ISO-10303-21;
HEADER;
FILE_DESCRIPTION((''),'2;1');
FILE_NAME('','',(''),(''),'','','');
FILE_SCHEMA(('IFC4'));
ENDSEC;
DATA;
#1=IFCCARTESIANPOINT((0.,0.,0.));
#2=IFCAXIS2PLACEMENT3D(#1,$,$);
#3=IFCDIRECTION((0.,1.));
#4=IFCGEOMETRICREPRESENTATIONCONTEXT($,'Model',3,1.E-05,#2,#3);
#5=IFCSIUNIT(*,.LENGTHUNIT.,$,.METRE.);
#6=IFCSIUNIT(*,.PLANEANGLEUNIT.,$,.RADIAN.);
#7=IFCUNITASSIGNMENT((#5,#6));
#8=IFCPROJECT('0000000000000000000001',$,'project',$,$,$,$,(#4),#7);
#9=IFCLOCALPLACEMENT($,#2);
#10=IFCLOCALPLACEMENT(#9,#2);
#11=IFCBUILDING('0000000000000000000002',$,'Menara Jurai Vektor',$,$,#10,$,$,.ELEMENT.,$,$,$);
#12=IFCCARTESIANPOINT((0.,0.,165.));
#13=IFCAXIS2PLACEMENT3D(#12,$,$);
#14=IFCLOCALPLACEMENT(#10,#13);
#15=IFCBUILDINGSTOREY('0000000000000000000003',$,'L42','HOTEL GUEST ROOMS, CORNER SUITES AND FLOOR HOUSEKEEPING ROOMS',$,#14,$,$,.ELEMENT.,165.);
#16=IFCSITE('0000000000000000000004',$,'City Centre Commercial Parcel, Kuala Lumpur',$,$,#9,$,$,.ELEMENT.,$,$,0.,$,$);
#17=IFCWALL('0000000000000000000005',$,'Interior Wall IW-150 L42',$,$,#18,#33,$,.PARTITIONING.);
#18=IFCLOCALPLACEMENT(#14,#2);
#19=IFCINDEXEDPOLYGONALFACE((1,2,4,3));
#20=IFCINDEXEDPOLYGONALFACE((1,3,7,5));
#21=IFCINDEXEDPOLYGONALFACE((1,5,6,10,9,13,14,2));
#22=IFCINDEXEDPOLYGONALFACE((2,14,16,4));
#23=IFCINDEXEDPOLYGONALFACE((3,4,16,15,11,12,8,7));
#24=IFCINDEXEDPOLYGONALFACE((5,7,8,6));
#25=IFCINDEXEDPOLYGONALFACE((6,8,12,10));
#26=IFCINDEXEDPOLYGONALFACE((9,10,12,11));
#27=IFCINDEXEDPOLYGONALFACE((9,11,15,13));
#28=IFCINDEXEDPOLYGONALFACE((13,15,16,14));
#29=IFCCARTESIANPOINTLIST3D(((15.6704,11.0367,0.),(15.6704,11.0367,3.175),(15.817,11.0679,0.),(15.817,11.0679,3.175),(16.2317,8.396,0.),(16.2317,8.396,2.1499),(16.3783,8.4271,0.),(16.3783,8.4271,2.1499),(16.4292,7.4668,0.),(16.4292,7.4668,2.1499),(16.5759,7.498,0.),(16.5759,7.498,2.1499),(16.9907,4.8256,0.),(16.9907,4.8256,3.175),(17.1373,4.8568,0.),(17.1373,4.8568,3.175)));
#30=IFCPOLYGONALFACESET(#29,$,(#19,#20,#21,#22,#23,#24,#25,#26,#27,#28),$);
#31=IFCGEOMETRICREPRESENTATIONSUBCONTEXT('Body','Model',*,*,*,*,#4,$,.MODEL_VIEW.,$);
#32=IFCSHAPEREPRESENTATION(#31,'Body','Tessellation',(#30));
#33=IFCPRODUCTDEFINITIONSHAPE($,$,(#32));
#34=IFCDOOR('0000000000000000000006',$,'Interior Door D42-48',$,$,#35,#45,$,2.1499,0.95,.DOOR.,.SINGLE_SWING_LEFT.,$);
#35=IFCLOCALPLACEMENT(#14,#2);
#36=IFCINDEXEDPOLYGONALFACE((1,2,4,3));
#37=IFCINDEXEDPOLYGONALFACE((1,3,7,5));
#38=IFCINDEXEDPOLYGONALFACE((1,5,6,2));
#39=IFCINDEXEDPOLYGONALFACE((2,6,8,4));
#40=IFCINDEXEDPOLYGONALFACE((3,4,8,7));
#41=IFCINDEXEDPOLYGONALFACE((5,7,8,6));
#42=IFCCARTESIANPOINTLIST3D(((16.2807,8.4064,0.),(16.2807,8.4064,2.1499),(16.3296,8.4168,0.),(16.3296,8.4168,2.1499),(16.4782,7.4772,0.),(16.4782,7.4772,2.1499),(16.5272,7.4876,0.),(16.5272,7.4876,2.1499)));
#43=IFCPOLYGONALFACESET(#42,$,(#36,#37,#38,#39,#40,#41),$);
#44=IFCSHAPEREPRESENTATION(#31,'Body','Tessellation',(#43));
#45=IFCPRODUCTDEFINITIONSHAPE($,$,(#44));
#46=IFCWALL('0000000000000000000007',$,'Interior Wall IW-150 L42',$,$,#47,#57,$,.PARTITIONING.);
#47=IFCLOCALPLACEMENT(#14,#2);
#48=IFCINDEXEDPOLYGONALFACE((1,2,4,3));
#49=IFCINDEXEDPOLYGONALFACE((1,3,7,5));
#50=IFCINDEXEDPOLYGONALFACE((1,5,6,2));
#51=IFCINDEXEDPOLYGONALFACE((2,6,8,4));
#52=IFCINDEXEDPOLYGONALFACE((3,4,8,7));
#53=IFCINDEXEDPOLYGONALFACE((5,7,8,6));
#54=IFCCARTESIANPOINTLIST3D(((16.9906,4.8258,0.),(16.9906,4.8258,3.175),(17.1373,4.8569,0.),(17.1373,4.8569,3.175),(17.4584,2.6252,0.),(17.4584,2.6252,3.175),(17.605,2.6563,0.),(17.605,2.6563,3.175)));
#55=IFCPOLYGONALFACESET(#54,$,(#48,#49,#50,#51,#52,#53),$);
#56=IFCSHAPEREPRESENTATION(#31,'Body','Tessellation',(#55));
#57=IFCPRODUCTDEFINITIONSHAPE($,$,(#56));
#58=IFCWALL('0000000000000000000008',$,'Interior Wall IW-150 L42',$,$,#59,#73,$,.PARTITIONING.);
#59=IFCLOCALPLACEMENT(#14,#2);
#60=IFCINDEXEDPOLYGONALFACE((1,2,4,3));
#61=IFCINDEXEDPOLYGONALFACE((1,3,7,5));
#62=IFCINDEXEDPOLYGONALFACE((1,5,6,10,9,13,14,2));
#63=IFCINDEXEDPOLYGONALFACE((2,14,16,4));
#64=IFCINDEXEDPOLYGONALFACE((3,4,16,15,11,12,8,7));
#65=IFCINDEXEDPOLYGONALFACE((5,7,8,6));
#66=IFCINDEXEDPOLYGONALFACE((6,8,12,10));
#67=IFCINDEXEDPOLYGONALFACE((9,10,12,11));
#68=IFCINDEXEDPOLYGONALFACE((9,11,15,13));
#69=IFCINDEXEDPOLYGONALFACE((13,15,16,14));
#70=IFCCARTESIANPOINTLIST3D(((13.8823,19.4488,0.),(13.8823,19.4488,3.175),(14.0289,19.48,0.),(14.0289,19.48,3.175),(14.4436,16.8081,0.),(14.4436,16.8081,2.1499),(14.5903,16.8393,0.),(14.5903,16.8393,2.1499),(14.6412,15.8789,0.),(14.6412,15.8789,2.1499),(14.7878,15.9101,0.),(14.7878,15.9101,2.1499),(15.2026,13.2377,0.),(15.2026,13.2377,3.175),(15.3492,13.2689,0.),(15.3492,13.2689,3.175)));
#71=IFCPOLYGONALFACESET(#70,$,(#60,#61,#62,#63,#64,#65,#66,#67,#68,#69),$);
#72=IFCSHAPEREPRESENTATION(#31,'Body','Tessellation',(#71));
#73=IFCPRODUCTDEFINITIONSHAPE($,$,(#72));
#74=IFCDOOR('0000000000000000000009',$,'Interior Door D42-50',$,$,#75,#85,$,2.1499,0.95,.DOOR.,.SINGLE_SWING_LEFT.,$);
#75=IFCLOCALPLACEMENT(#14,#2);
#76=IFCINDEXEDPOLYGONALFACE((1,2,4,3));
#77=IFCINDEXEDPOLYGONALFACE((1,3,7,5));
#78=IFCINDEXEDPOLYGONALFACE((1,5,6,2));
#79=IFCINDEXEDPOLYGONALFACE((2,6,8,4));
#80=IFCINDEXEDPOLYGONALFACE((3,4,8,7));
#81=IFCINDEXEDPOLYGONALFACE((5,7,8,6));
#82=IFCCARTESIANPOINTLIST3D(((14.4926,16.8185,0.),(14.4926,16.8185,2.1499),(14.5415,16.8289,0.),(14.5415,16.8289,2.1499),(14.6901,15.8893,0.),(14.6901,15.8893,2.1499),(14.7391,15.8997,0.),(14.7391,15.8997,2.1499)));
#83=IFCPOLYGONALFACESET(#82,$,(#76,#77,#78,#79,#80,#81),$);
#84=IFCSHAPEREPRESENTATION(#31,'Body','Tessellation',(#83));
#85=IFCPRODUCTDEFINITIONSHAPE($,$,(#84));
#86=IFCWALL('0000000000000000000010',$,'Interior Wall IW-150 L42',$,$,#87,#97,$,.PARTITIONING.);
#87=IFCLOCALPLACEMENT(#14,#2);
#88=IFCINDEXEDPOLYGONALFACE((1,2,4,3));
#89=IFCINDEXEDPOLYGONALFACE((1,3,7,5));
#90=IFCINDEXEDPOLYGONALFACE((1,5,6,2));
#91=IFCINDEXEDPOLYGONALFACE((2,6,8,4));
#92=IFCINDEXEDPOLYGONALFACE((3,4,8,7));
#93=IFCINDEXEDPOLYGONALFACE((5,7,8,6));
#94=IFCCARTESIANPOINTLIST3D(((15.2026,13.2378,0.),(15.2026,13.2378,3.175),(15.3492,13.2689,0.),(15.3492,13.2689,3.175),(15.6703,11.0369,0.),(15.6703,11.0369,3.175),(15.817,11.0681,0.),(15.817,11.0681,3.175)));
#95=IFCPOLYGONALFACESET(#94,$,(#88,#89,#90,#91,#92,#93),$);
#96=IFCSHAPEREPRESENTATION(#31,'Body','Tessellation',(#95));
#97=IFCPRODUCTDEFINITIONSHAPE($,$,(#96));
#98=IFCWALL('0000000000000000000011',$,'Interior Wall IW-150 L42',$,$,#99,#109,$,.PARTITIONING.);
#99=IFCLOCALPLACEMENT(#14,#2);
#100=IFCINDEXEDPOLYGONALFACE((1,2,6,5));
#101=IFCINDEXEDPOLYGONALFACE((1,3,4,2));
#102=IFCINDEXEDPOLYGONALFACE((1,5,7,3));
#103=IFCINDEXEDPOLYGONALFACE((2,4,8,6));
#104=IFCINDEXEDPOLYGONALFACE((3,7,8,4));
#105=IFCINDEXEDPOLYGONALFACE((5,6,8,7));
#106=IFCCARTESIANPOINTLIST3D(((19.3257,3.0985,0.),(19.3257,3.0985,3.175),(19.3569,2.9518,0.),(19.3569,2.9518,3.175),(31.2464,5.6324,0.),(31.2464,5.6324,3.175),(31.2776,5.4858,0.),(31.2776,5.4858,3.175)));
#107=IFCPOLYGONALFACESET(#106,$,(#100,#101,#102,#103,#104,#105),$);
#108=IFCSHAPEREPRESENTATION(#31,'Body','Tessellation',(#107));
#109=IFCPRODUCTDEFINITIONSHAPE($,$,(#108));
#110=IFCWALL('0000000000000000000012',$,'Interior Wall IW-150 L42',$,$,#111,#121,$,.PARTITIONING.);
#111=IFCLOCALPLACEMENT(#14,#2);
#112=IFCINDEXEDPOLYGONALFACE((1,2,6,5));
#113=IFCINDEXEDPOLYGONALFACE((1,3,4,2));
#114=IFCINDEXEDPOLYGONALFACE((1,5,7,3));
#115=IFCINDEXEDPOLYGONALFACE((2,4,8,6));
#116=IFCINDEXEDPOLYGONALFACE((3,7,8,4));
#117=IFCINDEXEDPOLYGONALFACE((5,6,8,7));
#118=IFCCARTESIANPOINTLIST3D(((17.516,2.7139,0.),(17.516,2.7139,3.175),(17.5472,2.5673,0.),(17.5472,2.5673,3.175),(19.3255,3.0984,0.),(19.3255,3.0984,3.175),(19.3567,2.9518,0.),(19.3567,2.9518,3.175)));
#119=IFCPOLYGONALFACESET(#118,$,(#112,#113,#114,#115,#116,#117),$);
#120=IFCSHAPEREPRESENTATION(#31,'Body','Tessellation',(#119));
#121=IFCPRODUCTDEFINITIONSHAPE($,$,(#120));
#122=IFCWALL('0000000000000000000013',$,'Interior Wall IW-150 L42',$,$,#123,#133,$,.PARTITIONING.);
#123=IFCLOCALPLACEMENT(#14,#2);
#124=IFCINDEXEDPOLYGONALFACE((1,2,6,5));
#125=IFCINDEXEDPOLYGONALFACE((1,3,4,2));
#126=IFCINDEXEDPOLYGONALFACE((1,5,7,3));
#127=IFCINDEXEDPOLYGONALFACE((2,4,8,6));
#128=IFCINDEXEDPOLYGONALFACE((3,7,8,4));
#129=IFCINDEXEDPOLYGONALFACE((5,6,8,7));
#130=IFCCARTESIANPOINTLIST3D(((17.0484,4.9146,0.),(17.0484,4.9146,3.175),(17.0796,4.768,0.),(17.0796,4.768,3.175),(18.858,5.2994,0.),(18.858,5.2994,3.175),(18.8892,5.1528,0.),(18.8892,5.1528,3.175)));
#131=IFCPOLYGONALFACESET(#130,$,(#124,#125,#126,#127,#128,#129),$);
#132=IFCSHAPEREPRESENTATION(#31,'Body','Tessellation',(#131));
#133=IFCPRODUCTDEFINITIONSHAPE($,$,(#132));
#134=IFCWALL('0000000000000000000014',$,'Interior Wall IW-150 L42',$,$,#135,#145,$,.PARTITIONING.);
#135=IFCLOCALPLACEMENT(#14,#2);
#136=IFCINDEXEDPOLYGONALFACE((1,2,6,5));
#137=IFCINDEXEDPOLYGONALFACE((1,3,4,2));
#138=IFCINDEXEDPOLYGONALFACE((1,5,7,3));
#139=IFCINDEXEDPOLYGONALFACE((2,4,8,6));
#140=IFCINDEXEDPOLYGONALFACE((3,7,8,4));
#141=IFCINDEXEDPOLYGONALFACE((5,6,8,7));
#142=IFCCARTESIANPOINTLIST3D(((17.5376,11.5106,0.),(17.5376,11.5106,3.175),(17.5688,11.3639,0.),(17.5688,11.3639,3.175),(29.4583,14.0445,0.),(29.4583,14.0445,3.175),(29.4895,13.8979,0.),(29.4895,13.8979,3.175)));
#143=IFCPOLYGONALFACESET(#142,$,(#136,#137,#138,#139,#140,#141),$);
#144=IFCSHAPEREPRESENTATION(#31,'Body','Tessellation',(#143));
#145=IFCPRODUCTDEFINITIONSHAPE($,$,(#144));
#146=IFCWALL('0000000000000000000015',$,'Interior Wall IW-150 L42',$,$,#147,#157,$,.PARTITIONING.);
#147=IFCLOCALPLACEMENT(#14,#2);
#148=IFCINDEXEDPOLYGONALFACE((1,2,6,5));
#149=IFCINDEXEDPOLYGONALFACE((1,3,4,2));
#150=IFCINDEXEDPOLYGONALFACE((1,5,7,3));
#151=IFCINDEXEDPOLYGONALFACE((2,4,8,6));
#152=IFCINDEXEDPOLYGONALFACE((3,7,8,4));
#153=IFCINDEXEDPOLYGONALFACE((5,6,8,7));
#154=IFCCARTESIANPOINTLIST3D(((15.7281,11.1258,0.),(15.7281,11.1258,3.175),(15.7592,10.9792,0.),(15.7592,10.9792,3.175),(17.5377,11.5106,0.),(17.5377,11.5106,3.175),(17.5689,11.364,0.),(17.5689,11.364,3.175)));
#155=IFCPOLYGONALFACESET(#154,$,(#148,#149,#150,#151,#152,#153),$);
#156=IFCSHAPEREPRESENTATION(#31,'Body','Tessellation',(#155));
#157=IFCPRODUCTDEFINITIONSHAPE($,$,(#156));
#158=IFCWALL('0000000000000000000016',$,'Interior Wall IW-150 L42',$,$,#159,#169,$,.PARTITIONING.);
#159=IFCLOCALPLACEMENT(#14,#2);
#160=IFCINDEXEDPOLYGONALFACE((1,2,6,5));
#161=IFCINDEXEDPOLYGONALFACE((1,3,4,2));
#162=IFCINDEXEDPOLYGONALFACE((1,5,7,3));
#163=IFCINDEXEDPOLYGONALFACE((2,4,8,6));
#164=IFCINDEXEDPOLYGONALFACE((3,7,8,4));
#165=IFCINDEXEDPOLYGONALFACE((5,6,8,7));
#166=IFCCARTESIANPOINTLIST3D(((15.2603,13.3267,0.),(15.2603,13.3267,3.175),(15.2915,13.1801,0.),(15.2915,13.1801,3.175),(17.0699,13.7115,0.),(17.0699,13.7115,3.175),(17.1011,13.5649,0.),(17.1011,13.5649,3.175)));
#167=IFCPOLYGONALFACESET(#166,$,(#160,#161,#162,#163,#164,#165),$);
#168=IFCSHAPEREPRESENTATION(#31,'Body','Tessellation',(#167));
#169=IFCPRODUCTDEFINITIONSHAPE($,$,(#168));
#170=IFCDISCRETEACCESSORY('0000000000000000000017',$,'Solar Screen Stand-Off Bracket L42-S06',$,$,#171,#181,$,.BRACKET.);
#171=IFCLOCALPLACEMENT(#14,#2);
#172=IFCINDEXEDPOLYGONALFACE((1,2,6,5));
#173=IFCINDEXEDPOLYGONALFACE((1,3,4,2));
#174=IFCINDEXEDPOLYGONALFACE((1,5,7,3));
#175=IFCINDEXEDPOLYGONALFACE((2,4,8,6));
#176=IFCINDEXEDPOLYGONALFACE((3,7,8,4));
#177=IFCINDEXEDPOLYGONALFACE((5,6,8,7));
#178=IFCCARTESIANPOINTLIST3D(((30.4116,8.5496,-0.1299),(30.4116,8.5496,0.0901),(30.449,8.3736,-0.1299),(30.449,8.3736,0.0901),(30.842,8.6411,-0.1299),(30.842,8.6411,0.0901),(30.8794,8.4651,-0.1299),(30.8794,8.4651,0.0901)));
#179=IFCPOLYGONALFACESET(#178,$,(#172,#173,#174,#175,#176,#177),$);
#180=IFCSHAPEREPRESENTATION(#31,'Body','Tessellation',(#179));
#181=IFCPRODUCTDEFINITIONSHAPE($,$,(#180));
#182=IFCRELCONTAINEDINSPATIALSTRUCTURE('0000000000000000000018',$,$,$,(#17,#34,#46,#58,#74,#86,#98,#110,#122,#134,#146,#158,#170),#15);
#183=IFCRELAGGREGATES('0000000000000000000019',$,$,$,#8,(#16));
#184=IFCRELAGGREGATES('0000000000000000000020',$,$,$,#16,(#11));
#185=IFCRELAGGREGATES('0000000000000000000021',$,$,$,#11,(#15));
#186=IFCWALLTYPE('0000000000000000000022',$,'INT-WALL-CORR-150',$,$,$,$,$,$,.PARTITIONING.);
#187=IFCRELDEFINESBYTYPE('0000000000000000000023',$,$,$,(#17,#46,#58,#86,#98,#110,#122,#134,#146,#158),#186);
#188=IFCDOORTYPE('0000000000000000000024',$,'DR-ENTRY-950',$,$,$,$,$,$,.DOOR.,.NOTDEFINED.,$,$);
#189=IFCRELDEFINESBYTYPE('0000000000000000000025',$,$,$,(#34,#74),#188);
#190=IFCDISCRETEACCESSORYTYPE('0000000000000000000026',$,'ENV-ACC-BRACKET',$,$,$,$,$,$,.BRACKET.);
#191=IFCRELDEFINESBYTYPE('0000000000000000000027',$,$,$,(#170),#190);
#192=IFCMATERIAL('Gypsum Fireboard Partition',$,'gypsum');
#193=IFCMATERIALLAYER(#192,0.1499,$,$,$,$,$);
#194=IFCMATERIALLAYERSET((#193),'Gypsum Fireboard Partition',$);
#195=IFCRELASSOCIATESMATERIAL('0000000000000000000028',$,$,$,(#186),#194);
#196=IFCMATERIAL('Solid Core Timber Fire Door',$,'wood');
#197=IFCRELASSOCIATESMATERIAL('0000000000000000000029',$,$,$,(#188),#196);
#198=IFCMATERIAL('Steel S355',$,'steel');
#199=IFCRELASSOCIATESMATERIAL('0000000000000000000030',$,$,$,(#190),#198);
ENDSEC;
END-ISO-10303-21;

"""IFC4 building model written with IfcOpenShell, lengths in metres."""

from ifc_helpers import new_model, si_unit, direction, frame, frame_2d, origin, origin_2d, place, context, subcontext, project, spatial, rectangle, extrude, material, layer, layer_set, type_object, element, fill, save


model = new_model("IFC4")

# Units and contexts
model_context = context("Model", 3, precision=1e-05, world=origin(), true_north=direction((0.0, 1.0)))
body_context = subcontext(model_context, "Body", "Model", "MODEL_VIEW")
ifc_project = project(units=[si_unit("LENGTHUNIT", "METRE"), si_unit("PLANEANGLEUNIT", "RADIAN")], contexts=[model_context])

# Site, building, storey
site_placement = place(None, origin())
site = spatial("IfcSite", under=ifc_project, at=site_placement, Name="City Centre Commercial Parcel, Kuala Lumpur", CompositionType="ELEMENT", RefElevation=0.0)
building_placement = place(site_placement, origin())
building = spatial("IfcBuilding", under=site, at=building_placement, Name="Menara Jurai Vektor", CompositionType="ELEMENT")
storey_placement = place(building_placement, frame((0.0, 0.0, 165.0)))
storey = spatial("IfcBuildingStorey", under=building, at=storey_placement, Name="L42", Description="HOTEL GUEST ROOMS, CORNER SUITES AND FLOOR HOUSEKEEPING ROOMS", CompositionType="ELEMENT", Elevation=165.0)

# Shared definitions
ifc_material_1 = material(Name="Steel S355", Category="steel")

# Wall, opening, door
ifc_material_2 = material(Name="Gypsum Fireboard Partition", Category="gypsum")
ifc_layer_1 = layer(ifc_material_2, 0.1499)
ifc_layer_set_1 = layer_set([ifc_layer_1], Name="Gypsum Fireboard Partition")
wall_type = type_object("IfcWallType", Name="INT-WALL-CORR-150", PredefinedType="PARTITIONING", material=ifc_layer_set_1)
wall_1_placement = place(storey_placement, frame((17.064, 4.8413, 0.0), z_axis=(0.0, 0.0, 1.0), x_axis=(-0.207925, 0.978145, 0.0)))
wall_1 = element("IfcWall", 1, at=wall_1_placement, inside=storey, type_object=wall_type, Name="Interior Wall IW-150 L42", PredefinedType="PARTITIONING", context=body_context, shape_type="SweptSolid", body=[
    extrude(rectangle(XDim=6.3499, YDim=0.1499, at=frame_2d((3.1748, 0.0))), origin(), (0.0, 0.0, 1.0), 3.175),
])
opening_1_placement = place(wall_1_placement, frame((2.7, 0.0, 0.0)))
opening_1 = element("IfcOpeningElement", 2, at=opening_1_placement, cuts=wall_1, PredefinedType="OPENING", context=body_context, shape_type="SweptSolid", body=[
    extrude(rectangle(XDim=0.95, YDim=2.1499, at=frame_2d((0.4751, 1.075))), frame((0.0, 0.085, 0.0), z_axis=(0.0, -1.0, 0.0), x_axis=(1.0, 0.0, 0.0)), (0.0, 0.0, 1.0), 0.1699),
])
ifc_material_3 = material(Name="Solid Core Timber Fire Door", Category="wood")
door_type_1 = type_object("IfcDoorType", Name="DR-ENTRY-950", OperationType="NOTDEFINED", PredefinedType="DOOR", material=ifc_material_3)
door_1_placement = place(opening_1_placement, origin())
door_1 = element("IfcDoor", 3, at=door_1_placement, inside=storey, type_object=door_type_1, Name="Interior Door D42-48", OperationType="SINGLE_SWING_LEFT", OverallHeight=2.1499, OverallWidth=0.95, PredefinedType="DOOR", context=body_context, shape_type="SweptSolid", body=[
    extrude(rectangle(XDim=0.95, YDim=2.1499, at=frame_2d((0.4751, 1.075))), frame((0.0, 0.0249, 0.0), z_axis=(0.0, -1.0, 0.0), x_axis=(1.0, 0.0, 0.0)), (0.0, 0.0, 1.0), 0.05),
])
fill(opening_1, door_1)

# Wall
wall_2_placement = place(storey_placement, frame((17.5317, 2.6406, 0.0), z_axis=(0.0, 0.0, 1.0), x_axis=(-0.207913, 0.978147, 0.0)))
element("IfcWall", 4, at=wall_2_placement, inside=storey, type_object=wall_type, Name="Interior Wall IW-150 L42", PredefinedType="PARTITIONING", context=body_context, shape_type="SweptSolid", body=[
    extrude(rectangle(XDim=2.2498, YDim=0.1499, at=frame_2d((1.125, 0.0))), origin(), (0.0, 0.0, 1.0), 3.175),
])

# Wall, opening, door
wall_3_placement = place(storey_placement, frame((15.2759, 13.2534, 0.0), z_axis=(0.0, 0.0, 1.0), x_axis=(-0.207925, 0.978145, 0.0)))
wall_3 = element("IfcWall", 5, at=wall_3_placement, inside=storey, type_object=wall_type, Name="Interior Wall IW-150 L42", PredefinedType="PARTITIONING", context=body_context, shape_type="SweptSolid", body=[
    extrude(rectangle(XDim=6.3499, YDim=0.1499, at=frame_2d((3.1748, 0.0))), origin(), (0.0, 0.0, 1.0), 3.175),
])
opening_2_placement = place(wall_3_placement, frame((2.7, 0.0, 0.0)))
opening_2 = element("IfcOpeningElement", 6, at=opening_2_placement, cuts=wall_3, PredefinedType="OPENING", context=body_context, shape_type="SweptSolid", body=[
    extrude(rectangle(XDim=0.95, YDim=2.1499, at=frame_2d((0.4751, 1.075))), frame((0.0, 0.085, 0.0), z_axis=(0.0, -1.0, 0.0), x_axis=(1.0, 0.0, 0.0)), (0.0, 0.0, 1.0), 0.1699),
])
door_2_placement = place(opening_2_placement, origin())
door_2 = element("IfcDoor", 7, at=door_2_placement, inside=storey, type_object=door_type_1, Name="Interior Door D42-50", OperationType="SINGLE_SWING_LEFT", OverallHeight=2.1499, OverallWidth=0.95, PredefinedType="DOOR", context=body_context, shape_type="SweptSolid", body=[
    extrude(rectangle(XDim=0.95, YDim=2.1499, at=frame_2d((0.4751, 1.075))), frame((0.0, 0.0249, 0.0), z_axis=(0.0, -1.0, 0.0), x_axis=(1.0, 0.0, 0.0)), (0.0, 0.0, 1.0), 0.05),
])
fill(opening_2, door_2)

# Walls
wall_4_placement = place(storey_placement, frame((15.7437, 11.0525, 0.0), z_axis=(0.0, 0.0, 1.0), x_axis=(-0.207891, 0.978152, 0.0)))
element("IfcWall", 8, at=wall_4_placement, inside=storey, type_object=wall_type, Name="Interior Wall IW-150 L42", PredefinedType="PARTITIONING", context=body_context, shape_type="SweptSolid", body=[
    extrude(rectangle(XDim=2.25, YDim=0.1499, at=frame_2d((1.125, 0.0))), origin(), (0.0, 0.0, 1.0), 3.175),
])
wall_5_placement = place(storey_placement, frame((19.3413, 3.0251, 0.0), z_axis=(0.0, 0.0, 1.0), x_axis=(0.978146, 0.207921, 0.0)))
element("IfcWall", 9, at=wall_5_placement, inside=storey, type_object=wall_type, Name="Interior Wall IW-150 L42", PredefinedType="PARTITIONING", context=body_context, shape_type="SweptSolid", body=[
    extrude(rectangle(XDim=12.187, YDim=0.1499, at=frame_2d((6.0935, 0.0))), origin(), (0.0, 0.0, 1.0), 3.175),
])
wall_6_placement = place(storey_placement, frame((17.5317, 2.6406, 0.0), z_axis=(0.0, 0.0, 1.0), x_axis=(0.97816, 0.207852, 0.0)))
element("IfcWall", 10, at=wall_6_placement, inside=storey, type_object=wall_type, Name="Interior Wall IW-150 L42", PredefinedType="PARTITIONING", context=body_context, shape_type="SweptSolid", body=[
    extrude(rectangle(XDim=1.8499, YDim=0.1499, at=frame_2d((0.9248, 0.0))), origin(), (0.0, 0.0, 1.0), 3.175),
])
wall_7_placement = place(storey_placement, frame((17.064, 4.8413, 0.0), z_axis=(0.0, 0.0, 1.0), x_axis=(0.978133, 0.207979, 0.0)))
element("IfcWall", 11, at=wall_7_placement, inside=storey, type_object=wall_type, Name="Interior Wall IW-150 L42", PredefinedType="PARTITIONING", context=body_context, shape_type="SweptSolid", body=[
    extrude(rectangle(XDim=1.8501, YDim=0.1499, at=frame_2d((0.925, 0.0))), origin(), (0.0, 0.0, 1.0), 3.175),
])

# Walls
wall_8_placement = place(storey_placement, frame((17.5532, 11.4373, 0.0), z_axis=(0.0, 0.0, 1.0), x_axis=(0.978146, 0.207921, 0.0)))
element("IfcWall", 12, at=wall_8_placement, inside=storey, type_object=wall_type, Name="Interior Wall IW-150 L42", PredefinedType="PARTITIONING", context=body_context, shape_type="SweptSolid", body=[
    extrude(rectangle(XDim=12.187, YDim=0.1499, at=frame_2d((6.0935, 0.0))), origin(), (0.0, 0.0, 1.0), 3.175),
])
for number, where, z_axis, x_axis, name in (
    (13, (15.7437, 11.0525, 0.0), (0.0, 0.0, 1.0), (0.978133, 0.207979, 0.0), "Interior Wall IW-150 L42"),
    (14, (15.2759, 13.2534, 0.0), (0.0, 0.0, 1.0), (0.978133, 0.207979, 0.0), "Interior Wall IW-150 L42"),
):
    element("IfcWall", number, at=place(storey_placement, frame(where, z_axis=z_axis, x_axis=x_axis)), inside=storey, type_object=wall_type, Name=name, PredefinedType="PARTITIONING", context=body_context, shape_type="SweptSolid", body=[
        extrude(rectangle(XDim=1.8501, YDim=0.1499, at=frame_2d((0.925, 0.0))), origin(), (0.0, 0.0, 1.0), 3.175),
    ])

# Discrete accessory
discrete_accessory_type = type_object("IfcDiscreteAccessoryType", Name="ENV-ACC-BRACKET", PredefinedType="BRACKET", material=ifc_material_1)
discrete_accessory_placement = place(storey_placement, frame((30.6455, 8.5073, -0.1299), z_axis=(0.0, 0.0, 1.0), x_axis=(-0.207912, 0.978148, 0.0)))
element("IfcDiscreteAccessory", 15, at=discrete_accessory_placement, inside=storey, type_object=discrete_accessory_type, Name="Solar Screen Stand-Off Bracket L42-S06", PredefinedType="BRACKET", context=body_context, shape_type="SweptSolid", body=[
    extrude(rectangle(XDim=0.1799, YDim=0.4399, at=origin_2d()), origin(), (0.0, 0.0, 1.0), 0.22),
])

save(model, "model.ifc")
